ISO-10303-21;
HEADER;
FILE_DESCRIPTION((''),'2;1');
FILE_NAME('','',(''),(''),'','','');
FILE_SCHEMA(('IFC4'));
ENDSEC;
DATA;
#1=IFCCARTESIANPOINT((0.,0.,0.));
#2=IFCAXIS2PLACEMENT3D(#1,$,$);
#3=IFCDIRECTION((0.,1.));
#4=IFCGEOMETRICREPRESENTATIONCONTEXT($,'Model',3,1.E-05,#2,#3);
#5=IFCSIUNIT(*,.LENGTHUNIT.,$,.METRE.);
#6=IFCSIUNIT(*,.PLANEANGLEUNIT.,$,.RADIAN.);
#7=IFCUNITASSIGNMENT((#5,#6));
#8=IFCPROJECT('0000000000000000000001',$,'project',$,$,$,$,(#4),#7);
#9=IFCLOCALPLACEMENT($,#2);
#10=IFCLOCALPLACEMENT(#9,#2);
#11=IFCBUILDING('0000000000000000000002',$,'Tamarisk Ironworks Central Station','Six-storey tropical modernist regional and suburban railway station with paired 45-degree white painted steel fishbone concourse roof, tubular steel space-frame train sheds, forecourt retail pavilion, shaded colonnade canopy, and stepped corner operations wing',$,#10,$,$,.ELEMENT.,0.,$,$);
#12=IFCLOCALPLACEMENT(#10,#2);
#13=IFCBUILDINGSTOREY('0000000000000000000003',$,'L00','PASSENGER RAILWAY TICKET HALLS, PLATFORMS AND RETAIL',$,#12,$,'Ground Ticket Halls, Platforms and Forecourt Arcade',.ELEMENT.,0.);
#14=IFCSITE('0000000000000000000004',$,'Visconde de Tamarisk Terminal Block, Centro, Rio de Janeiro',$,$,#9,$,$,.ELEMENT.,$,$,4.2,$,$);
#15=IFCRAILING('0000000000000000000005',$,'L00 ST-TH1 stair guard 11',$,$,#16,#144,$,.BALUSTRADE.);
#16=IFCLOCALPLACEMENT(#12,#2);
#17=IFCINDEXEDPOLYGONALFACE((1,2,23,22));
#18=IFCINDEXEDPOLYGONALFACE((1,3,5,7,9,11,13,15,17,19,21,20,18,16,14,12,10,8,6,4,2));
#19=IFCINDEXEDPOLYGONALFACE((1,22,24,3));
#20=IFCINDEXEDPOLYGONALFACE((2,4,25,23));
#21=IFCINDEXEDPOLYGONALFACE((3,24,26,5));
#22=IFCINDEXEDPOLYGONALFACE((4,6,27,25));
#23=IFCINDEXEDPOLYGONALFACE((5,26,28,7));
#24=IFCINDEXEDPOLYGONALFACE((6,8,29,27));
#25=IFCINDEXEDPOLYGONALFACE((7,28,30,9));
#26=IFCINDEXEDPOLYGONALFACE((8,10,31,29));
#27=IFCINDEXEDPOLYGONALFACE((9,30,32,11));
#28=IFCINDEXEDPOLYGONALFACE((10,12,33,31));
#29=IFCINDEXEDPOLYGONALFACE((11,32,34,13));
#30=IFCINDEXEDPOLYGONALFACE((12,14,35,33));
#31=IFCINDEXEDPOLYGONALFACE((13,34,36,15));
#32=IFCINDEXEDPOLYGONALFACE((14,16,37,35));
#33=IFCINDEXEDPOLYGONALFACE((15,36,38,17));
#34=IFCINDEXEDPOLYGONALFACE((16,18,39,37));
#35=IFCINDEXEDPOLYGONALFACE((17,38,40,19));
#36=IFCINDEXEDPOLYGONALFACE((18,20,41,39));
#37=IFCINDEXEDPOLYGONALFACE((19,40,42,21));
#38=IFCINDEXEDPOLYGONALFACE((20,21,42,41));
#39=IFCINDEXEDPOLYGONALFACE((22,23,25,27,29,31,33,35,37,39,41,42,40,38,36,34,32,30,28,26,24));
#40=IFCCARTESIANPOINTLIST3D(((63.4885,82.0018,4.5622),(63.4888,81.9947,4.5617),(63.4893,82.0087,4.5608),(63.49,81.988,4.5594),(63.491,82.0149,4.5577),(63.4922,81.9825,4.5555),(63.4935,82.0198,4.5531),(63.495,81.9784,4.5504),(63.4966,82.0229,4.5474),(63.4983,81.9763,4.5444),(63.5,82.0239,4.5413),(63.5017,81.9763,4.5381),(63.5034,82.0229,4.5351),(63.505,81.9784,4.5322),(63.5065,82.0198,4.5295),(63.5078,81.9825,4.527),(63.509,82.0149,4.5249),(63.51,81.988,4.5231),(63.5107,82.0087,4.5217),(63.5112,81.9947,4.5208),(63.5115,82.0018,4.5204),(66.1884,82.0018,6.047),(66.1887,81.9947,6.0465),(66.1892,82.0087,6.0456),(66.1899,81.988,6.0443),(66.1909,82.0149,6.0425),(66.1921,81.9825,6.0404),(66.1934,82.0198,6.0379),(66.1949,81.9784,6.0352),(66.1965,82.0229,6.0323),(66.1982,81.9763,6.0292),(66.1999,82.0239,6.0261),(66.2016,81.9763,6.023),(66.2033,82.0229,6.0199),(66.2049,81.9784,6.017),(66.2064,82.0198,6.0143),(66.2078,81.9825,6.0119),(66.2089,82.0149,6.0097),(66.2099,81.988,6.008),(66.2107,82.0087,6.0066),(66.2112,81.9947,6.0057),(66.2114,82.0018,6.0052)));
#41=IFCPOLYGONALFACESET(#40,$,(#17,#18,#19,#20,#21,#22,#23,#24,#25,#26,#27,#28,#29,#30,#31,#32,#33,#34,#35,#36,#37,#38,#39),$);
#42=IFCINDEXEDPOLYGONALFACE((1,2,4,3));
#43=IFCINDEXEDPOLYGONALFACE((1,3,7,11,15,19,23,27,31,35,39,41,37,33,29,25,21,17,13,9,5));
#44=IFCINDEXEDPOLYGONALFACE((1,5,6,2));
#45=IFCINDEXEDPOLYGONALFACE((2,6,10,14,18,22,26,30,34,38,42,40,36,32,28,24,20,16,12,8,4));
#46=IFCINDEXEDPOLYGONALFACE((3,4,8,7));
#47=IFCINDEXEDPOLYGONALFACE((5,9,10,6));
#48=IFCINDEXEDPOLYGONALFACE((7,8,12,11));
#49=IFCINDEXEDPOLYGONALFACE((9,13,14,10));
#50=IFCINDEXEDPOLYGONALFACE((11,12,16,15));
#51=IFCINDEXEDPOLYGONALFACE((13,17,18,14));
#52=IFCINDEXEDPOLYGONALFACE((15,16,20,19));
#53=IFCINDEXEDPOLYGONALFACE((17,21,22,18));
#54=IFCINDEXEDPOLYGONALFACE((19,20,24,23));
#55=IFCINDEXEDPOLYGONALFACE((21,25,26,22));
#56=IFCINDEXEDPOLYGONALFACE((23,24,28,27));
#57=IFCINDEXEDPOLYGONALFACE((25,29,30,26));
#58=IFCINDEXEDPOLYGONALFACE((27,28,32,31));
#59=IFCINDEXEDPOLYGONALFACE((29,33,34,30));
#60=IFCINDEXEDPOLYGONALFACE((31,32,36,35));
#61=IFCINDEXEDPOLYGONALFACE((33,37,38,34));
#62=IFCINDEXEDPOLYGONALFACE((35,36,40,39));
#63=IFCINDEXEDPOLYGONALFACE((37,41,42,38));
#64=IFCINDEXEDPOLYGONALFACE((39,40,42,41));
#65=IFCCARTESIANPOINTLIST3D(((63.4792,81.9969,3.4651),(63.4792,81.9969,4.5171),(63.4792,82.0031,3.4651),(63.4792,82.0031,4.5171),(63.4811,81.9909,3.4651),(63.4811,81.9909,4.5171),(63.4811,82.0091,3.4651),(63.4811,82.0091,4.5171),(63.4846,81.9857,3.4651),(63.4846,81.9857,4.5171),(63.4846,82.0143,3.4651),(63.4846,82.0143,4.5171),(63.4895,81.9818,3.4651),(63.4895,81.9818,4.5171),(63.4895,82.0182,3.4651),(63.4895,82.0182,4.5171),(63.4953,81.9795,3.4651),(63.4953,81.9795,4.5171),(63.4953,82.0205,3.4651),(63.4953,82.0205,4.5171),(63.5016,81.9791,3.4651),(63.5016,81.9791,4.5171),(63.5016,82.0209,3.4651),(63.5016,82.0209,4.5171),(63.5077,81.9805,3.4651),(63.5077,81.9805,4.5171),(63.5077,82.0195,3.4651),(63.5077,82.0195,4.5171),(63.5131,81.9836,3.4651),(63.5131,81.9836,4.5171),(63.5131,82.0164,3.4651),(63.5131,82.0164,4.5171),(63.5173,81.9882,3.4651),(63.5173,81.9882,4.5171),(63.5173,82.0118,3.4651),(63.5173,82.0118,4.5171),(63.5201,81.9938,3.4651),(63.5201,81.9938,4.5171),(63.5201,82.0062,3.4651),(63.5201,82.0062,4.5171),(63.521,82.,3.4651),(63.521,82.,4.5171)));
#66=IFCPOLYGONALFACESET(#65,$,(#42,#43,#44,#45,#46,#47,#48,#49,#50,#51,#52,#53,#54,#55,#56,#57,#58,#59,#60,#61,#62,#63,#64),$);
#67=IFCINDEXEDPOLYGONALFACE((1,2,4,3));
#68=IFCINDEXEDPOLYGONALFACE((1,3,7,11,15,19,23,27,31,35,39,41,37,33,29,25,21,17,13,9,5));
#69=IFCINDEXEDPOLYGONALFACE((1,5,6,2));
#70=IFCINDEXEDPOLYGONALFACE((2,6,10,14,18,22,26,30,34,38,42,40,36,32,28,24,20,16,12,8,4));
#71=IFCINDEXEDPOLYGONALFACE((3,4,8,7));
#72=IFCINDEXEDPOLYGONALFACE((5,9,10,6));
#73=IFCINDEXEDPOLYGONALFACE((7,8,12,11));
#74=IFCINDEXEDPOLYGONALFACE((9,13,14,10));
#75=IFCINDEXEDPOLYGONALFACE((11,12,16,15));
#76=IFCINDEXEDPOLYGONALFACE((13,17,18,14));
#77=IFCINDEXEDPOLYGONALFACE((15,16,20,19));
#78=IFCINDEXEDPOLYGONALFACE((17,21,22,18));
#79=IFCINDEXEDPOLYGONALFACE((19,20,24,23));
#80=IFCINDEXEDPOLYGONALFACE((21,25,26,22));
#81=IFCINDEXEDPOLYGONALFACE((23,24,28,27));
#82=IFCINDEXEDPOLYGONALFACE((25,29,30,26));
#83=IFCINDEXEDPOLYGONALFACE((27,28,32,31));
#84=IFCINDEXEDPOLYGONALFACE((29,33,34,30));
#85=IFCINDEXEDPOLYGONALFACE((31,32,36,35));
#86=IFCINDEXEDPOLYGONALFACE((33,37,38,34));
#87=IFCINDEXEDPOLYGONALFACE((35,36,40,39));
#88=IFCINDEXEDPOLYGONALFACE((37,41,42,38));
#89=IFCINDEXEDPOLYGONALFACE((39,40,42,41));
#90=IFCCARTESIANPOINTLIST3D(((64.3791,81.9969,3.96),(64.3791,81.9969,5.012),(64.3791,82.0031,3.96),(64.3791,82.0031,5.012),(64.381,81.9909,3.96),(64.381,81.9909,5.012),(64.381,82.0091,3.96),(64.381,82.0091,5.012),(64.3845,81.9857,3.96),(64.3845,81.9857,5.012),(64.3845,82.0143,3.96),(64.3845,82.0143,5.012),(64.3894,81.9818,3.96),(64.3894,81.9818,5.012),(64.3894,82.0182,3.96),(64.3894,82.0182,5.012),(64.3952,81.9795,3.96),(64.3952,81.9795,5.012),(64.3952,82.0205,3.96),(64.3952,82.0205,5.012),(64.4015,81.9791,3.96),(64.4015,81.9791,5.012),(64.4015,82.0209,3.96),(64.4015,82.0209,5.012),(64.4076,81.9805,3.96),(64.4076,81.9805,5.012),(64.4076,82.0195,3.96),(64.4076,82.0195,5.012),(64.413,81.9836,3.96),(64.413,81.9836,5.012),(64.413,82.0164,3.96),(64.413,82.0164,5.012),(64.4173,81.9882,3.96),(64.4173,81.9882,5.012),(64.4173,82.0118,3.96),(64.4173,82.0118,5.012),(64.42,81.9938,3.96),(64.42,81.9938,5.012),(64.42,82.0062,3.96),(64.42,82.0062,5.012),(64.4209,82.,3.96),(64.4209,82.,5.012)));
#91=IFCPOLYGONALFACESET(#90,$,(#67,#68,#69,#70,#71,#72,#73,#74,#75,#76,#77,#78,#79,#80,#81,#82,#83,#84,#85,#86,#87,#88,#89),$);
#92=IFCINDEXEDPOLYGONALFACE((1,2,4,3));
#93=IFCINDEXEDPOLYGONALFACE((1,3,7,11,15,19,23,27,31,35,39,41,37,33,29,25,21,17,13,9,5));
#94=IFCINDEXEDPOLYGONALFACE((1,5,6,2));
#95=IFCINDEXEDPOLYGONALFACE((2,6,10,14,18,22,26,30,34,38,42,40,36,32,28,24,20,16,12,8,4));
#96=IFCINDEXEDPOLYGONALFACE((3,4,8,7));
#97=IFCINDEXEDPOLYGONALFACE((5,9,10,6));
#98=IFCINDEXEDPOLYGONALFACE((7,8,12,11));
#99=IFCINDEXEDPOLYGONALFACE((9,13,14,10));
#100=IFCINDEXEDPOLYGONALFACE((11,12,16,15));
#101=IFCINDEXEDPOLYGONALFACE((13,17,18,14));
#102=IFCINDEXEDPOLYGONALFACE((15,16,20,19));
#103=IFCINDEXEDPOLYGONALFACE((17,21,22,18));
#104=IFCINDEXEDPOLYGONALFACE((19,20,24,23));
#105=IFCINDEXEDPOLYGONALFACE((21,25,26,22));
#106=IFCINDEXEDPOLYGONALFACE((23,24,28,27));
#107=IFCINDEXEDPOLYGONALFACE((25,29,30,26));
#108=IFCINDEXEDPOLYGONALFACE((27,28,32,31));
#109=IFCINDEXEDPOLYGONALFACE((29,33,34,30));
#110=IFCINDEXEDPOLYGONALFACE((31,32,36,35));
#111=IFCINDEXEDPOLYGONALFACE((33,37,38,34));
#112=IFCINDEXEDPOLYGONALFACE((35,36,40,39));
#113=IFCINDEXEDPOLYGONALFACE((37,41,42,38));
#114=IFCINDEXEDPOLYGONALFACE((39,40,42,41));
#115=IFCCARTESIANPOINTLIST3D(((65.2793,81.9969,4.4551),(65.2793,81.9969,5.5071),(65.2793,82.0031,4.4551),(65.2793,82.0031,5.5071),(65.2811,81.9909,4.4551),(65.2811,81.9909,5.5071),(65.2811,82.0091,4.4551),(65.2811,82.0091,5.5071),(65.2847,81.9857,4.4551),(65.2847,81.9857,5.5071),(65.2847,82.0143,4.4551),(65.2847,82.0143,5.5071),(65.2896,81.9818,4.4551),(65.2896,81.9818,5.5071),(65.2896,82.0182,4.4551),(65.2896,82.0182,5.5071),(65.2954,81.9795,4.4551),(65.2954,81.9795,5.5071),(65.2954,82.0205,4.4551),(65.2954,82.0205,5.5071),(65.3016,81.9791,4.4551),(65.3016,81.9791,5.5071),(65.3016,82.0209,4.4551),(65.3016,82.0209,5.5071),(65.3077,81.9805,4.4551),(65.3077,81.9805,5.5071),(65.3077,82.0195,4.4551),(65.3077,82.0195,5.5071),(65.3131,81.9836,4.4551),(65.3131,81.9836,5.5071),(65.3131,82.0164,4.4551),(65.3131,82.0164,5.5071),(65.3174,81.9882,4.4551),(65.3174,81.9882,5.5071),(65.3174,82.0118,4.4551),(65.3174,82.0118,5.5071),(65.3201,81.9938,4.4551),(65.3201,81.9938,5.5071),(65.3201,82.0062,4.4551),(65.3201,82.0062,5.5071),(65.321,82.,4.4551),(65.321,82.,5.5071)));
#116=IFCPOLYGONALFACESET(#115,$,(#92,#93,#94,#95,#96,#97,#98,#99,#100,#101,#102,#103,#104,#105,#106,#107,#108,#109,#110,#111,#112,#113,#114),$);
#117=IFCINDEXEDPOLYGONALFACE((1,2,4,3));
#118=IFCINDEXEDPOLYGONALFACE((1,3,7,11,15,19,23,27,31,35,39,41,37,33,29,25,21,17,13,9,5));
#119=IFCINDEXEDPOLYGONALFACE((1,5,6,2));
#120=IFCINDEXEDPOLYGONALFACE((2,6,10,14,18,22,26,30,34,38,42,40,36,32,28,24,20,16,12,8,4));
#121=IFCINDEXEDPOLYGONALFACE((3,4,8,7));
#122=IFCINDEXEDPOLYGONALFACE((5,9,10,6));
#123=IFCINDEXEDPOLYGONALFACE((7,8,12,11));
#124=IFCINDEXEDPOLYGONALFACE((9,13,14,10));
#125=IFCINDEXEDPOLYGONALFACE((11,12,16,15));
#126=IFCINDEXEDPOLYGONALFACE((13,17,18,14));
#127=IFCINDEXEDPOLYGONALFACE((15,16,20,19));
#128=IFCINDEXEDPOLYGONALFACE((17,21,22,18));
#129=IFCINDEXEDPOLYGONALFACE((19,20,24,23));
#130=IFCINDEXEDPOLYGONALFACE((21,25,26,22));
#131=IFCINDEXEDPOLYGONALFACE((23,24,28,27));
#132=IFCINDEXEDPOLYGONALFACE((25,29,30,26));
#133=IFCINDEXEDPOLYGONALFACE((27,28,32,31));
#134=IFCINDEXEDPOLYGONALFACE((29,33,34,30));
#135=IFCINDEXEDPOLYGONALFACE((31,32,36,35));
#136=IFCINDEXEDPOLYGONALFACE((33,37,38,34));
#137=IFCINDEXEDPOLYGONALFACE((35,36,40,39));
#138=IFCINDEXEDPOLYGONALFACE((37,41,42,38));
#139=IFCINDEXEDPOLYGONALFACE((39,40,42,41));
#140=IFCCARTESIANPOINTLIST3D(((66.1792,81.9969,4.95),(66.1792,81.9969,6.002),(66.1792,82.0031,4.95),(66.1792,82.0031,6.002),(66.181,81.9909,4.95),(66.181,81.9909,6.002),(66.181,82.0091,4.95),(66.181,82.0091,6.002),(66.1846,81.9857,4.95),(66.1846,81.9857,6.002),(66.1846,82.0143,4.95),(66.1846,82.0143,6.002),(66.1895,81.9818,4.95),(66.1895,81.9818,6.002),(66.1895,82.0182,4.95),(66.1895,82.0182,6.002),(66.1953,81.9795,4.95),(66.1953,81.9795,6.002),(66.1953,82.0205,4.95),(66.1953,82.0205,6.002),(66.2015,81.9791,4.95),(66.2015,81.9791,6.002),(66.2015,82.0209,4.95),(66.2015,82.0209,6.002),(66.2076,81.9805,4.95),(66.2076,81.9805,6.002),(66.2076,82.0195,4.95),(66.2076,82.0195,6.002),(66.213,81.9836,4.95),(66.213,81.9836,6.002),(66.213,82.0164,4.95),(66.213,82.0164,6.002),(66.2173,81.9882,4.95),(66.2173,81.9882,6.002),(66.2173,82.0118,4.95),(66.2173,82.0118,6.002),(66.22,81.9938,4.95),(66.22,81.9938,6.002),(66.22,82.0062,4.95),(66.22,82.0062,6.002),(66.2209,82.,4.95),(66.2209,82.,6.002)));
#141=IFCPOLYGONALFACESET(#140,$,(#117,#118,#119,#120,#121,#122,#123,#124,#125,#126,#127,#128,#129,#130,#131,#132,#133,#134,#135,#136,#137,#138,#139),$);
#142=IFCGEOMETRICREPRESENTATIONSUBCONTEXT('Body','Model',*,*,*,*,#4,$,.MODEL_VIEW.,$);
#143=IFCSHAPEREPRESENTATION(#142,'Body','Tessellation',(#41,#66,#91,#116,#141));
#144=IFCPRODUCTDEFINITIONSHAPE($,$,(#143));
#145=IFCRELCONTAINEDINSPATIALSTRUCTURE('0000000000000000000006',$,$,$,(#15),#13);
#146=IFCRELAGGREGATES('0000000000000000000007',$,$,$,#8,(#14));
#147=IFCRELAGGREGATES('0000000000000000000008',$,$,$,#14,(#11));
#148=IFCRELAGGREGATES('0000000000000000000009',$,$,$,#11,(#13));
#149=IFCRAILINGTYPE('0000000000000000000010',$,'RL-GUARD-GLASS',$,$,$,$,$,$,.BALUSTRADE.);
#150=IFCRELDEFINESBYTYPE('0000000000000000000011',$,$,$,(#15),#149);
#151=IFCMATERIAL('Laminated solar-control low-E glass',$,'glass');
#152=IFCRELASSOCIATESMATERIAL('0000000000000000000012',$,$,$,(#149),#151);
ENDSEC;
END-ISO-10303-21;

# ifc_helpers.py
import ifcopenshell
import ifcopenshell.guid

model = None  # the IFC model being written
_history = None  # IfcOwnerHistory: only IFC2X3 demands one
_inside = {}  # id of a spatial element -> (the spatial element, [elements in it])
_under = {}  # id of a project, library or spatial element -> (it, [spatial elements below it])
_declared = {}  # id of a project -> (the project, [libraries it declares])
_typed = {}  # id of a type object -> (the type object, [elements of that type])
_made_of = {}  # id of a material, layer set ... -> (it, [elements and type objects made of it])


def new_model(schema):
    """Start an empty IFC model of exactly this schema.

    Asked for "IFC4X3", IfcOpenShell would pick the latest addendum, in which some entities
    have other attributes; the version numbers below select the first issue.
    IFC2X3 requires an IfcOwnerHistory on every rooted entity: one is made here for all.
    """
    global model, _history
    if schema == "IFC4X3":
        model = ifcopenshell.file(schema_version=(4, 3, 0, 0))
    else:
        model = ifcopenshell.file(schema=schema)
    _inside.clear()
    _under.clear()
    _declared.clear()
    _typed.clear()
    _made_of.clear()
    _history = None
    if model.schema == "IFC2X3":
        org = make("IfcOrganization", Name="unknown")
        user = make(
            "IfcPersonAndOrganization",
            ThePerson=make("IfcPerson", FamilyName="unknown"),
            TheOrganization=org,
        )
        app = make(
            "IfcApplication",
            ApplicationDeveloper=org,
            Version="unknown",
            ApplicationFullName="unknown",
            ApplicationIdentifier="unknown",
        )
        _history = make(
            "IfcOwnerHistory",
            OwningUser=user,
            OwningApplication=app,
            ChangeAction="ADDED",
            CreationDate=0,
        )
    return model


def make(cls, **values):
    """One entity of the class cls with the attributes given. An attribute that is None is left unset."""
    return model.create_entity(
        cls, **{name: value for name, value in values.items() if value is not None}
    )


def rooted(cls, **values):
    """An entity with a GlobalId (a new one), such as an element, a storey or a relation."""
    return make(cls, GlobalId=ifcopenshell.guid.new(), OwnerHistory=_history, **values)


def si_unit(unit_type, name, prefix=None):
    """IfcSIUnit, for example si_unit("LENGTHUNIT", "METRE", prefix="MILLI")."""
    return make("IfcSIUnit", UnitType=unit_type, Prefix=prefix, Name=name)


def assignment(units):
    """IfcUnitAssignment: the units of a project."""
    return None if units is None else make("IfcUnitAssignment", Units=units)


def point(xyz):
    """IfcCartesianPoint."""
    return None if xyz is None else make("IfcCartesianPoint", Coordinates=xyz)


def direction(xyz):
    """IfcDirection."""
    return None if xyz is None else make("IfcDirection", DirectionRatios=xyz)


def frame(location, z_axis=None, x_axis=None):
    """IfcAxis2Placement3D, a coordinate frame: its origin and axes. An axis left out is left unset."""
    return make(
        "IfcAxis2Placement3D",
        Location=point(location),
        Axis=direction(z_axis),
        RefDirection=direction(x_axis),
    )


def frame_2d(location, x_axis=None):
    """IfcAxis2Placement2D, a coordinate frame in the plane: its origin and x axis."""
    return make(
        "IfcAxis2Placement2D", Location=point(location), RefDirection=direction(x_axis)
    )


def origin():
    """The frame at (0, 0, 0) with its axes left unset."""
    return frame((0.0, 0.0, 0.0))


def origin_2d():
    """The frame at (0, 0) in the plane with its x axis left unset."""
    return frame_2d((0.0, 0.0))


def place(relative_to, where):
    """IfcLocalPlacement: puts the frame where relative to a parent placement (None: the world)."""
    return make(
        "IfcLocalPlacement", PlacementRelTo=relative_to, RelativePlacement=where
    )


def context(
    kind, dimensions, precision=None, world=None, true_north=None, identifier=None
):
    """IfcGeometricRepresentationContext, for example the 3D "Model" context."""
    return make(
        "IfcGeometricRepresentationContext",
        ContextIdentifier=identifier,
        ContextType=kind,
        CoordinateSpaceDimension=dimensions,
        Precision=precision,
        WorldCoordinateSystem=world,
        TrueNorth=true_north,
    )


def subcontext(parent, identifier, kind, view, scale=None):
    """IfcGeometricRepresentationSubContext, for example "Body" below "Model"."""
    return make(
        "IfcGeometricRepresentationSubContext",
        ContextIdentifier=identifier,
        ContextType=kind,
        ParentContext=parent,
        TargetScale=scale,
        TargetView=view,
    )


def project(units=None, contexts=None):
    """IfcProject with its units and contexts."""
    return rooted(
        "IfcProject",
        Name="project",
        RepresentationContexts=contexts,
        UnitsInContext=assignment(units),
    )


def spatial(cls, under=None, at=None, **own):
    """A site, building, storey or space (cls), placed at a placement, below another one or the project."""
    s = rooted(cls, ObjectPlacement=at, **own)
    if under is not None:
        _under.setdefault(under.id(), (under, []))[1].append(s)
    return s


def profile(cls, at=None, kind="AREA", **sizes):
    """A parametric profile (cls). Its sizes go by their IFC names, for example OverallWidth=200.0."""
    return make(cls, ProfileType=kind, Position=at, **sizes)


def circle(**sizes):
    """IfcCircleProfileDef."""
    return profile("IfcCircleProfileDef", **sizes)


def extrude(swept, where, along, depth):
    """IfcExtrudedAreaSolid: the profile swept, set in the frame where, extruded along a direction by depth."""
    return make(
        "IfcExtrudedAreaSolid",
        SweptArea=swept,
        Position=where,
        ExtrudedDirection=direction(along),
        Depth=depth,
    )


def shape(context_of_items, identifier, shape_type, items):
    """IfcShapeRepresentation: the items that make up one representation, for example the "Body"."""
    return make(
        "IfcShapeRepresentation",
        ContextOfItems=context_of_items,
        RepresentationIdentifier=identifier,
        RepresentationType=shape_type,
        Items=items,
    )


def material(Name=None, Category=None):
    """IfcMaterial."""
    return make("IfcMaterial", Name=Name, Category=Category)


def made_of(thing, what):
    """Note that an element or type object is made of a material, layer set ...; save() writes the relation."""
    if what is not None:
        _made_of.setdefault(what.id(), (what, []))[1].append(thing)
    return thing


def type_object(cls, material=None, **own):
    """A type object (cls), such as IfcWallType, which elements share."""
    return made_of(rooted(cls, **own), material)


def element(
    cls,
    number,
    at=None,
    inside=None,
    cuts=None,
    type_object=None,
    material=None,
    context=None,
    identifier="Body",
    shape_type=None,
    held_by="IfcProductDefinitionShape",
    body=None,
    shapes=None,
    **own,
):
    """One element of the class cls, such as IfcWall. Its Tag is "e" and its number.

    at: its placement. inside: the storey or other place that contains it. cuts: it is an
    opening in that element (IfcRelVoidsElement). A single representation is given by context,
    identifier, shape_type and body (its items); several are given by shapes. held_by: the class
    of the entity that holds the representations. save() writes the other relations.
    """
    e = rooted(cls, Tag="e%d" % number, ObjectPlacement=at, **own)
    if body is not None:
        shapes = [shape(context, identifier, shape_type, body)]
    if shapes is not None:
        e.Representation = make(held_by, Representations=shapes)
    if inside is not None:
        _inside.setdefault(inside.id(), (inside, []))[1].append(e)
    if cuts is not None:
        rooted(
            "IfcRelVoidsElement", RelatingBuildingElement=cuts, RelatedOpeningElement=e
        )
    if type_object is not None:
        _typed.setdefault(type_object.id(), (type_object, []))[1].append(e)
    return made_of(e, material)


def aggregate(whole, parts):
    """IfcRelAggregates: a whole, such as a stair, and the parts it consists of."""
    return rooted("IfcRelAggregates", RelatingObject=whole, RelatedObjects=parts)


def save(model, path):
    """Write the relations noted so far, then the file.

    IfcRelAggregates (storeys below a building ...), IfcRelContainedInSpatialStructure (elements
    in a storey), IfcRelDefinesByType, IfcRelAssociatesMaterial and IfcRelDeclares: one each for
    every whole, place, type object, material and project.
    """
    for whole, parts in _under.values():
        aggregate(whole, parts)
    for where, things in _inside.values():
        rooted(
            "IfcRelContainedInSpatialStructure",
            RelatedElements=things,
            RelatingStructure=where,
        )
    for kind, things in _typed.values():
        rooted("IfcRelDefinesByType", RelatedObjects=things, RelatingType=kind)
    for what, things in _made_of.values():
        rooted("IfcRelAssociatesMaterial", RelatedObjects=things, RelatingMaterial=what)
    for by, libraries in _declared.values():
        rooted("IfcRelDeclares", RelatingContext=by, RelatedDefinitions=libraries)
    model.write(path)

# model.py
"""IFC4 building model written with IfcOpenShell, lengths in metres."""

from ifc_helpers import new_model, si_unit, direction, frame, origin, origin_2d, place, context, subcontext, project, spatial, circle, extrude, material, type_object, element, save


model = new_model("IFC4")

# Units and contexts
model_context = context("Model", 3, precision=1e-05, world=origin(), true_north=direction((0.0, 1.0)))
body_context = subcontext(model_context, "Body", "Model", "MODEL_VIEW")
ifc_project = project(units=[si_unit("LENGTHUNIT", "METRE"), si_unit("PLANEANGLEUNIT", "RADIAN")], contexts=[model_context])

# Site, building, storey
site_placement = place(None, origin())
site = spatial("IfcSite", under=ifc_project, at=site_placement, Name="Visconde de Tamarisk Terminal Block, Centro, Rio de Janeiro", CompositionType="ELEMENT", RefElevation=4.2)
building_placement = place(site_placement, origin())
building = spatial("IfcBuilding", under=site, at=building_placement, Name="Tamarisk Ironworks Central Station", Description="Six-storey tropical modernist regional and suburban railway station with paired 45-degree white painted steel fishbone concourse roof, tubular steel space-frame train sheds, forecourt retail pavilion, shaded colonnade canopy, and stepped corner operations wing", CompositionType="ELEMENT", ElevationOfRefHeight=0.0)
storey_placement = place(building_placement, origin())
storey = spatial("IfcBuildingStorey", under=building, at=storey_placement, Name="L00", Description="PASSENGER RAILWAY TICKET HALLS, PLATFORMS AND RETAIL", LongName="Ground Ticket Halls, Platforms and Forecourt Arcade", CompositionType="ELEMENT", Elevation=0.0)

# Railing
ifc_material_1 = material(Name="Laminated solar-control low-E glass", Category="glass")
railing_type_1 = type_object("IfcRailingType", Name="RL-GUARD-GLASS", PredefinedType="BALUSTRADE", material=ifc_material_1)
railing_1_placement = place(storey_placement, frame((63.5, 82.0, 3.4651)))
element("IfcRailing", 1, at=railing_1_placement, inside=storey, type_object=railing_type_1, Name="L00 ST-TH1 stair guard 11", PredefinedType="BALUSTRADE", context=body_context, shape_type="SweptSolid", body=[
    extrude(circle(Radius=0.0239, at=origin_2d()), frame((0.0, 0.0, 1.0762), z_axis=(0.876231, 0.0, 0.481891), x_axis=(0.0, 1.0, 0.0)), (0.0, 0.0, 1.0), 3.0813),
    extrude(circle(Radius=0.021, at=origin_2d()), origin(), (0.0, 0.0, 1.0), 1.052),
    extrude(circle(Radius=0.021, at=origin_2d()), frame((0.8999, 0.0, 0.4949)), (0.0, 0.0, 1.0), 1.052),
    extrude(circle(Radius=0.021, at=origin_2d()), frame((1.8, 0.0, 0.99)), (0.0, 0.0, 1.0), 1.052),
    extrude(circle(Radius=0.021, at=origin_2d()), frame((2.7, 0.0, 1.4849)), (0.0, 0.0, 1.0), 1.052),
])

save(model, "model.ifc")
